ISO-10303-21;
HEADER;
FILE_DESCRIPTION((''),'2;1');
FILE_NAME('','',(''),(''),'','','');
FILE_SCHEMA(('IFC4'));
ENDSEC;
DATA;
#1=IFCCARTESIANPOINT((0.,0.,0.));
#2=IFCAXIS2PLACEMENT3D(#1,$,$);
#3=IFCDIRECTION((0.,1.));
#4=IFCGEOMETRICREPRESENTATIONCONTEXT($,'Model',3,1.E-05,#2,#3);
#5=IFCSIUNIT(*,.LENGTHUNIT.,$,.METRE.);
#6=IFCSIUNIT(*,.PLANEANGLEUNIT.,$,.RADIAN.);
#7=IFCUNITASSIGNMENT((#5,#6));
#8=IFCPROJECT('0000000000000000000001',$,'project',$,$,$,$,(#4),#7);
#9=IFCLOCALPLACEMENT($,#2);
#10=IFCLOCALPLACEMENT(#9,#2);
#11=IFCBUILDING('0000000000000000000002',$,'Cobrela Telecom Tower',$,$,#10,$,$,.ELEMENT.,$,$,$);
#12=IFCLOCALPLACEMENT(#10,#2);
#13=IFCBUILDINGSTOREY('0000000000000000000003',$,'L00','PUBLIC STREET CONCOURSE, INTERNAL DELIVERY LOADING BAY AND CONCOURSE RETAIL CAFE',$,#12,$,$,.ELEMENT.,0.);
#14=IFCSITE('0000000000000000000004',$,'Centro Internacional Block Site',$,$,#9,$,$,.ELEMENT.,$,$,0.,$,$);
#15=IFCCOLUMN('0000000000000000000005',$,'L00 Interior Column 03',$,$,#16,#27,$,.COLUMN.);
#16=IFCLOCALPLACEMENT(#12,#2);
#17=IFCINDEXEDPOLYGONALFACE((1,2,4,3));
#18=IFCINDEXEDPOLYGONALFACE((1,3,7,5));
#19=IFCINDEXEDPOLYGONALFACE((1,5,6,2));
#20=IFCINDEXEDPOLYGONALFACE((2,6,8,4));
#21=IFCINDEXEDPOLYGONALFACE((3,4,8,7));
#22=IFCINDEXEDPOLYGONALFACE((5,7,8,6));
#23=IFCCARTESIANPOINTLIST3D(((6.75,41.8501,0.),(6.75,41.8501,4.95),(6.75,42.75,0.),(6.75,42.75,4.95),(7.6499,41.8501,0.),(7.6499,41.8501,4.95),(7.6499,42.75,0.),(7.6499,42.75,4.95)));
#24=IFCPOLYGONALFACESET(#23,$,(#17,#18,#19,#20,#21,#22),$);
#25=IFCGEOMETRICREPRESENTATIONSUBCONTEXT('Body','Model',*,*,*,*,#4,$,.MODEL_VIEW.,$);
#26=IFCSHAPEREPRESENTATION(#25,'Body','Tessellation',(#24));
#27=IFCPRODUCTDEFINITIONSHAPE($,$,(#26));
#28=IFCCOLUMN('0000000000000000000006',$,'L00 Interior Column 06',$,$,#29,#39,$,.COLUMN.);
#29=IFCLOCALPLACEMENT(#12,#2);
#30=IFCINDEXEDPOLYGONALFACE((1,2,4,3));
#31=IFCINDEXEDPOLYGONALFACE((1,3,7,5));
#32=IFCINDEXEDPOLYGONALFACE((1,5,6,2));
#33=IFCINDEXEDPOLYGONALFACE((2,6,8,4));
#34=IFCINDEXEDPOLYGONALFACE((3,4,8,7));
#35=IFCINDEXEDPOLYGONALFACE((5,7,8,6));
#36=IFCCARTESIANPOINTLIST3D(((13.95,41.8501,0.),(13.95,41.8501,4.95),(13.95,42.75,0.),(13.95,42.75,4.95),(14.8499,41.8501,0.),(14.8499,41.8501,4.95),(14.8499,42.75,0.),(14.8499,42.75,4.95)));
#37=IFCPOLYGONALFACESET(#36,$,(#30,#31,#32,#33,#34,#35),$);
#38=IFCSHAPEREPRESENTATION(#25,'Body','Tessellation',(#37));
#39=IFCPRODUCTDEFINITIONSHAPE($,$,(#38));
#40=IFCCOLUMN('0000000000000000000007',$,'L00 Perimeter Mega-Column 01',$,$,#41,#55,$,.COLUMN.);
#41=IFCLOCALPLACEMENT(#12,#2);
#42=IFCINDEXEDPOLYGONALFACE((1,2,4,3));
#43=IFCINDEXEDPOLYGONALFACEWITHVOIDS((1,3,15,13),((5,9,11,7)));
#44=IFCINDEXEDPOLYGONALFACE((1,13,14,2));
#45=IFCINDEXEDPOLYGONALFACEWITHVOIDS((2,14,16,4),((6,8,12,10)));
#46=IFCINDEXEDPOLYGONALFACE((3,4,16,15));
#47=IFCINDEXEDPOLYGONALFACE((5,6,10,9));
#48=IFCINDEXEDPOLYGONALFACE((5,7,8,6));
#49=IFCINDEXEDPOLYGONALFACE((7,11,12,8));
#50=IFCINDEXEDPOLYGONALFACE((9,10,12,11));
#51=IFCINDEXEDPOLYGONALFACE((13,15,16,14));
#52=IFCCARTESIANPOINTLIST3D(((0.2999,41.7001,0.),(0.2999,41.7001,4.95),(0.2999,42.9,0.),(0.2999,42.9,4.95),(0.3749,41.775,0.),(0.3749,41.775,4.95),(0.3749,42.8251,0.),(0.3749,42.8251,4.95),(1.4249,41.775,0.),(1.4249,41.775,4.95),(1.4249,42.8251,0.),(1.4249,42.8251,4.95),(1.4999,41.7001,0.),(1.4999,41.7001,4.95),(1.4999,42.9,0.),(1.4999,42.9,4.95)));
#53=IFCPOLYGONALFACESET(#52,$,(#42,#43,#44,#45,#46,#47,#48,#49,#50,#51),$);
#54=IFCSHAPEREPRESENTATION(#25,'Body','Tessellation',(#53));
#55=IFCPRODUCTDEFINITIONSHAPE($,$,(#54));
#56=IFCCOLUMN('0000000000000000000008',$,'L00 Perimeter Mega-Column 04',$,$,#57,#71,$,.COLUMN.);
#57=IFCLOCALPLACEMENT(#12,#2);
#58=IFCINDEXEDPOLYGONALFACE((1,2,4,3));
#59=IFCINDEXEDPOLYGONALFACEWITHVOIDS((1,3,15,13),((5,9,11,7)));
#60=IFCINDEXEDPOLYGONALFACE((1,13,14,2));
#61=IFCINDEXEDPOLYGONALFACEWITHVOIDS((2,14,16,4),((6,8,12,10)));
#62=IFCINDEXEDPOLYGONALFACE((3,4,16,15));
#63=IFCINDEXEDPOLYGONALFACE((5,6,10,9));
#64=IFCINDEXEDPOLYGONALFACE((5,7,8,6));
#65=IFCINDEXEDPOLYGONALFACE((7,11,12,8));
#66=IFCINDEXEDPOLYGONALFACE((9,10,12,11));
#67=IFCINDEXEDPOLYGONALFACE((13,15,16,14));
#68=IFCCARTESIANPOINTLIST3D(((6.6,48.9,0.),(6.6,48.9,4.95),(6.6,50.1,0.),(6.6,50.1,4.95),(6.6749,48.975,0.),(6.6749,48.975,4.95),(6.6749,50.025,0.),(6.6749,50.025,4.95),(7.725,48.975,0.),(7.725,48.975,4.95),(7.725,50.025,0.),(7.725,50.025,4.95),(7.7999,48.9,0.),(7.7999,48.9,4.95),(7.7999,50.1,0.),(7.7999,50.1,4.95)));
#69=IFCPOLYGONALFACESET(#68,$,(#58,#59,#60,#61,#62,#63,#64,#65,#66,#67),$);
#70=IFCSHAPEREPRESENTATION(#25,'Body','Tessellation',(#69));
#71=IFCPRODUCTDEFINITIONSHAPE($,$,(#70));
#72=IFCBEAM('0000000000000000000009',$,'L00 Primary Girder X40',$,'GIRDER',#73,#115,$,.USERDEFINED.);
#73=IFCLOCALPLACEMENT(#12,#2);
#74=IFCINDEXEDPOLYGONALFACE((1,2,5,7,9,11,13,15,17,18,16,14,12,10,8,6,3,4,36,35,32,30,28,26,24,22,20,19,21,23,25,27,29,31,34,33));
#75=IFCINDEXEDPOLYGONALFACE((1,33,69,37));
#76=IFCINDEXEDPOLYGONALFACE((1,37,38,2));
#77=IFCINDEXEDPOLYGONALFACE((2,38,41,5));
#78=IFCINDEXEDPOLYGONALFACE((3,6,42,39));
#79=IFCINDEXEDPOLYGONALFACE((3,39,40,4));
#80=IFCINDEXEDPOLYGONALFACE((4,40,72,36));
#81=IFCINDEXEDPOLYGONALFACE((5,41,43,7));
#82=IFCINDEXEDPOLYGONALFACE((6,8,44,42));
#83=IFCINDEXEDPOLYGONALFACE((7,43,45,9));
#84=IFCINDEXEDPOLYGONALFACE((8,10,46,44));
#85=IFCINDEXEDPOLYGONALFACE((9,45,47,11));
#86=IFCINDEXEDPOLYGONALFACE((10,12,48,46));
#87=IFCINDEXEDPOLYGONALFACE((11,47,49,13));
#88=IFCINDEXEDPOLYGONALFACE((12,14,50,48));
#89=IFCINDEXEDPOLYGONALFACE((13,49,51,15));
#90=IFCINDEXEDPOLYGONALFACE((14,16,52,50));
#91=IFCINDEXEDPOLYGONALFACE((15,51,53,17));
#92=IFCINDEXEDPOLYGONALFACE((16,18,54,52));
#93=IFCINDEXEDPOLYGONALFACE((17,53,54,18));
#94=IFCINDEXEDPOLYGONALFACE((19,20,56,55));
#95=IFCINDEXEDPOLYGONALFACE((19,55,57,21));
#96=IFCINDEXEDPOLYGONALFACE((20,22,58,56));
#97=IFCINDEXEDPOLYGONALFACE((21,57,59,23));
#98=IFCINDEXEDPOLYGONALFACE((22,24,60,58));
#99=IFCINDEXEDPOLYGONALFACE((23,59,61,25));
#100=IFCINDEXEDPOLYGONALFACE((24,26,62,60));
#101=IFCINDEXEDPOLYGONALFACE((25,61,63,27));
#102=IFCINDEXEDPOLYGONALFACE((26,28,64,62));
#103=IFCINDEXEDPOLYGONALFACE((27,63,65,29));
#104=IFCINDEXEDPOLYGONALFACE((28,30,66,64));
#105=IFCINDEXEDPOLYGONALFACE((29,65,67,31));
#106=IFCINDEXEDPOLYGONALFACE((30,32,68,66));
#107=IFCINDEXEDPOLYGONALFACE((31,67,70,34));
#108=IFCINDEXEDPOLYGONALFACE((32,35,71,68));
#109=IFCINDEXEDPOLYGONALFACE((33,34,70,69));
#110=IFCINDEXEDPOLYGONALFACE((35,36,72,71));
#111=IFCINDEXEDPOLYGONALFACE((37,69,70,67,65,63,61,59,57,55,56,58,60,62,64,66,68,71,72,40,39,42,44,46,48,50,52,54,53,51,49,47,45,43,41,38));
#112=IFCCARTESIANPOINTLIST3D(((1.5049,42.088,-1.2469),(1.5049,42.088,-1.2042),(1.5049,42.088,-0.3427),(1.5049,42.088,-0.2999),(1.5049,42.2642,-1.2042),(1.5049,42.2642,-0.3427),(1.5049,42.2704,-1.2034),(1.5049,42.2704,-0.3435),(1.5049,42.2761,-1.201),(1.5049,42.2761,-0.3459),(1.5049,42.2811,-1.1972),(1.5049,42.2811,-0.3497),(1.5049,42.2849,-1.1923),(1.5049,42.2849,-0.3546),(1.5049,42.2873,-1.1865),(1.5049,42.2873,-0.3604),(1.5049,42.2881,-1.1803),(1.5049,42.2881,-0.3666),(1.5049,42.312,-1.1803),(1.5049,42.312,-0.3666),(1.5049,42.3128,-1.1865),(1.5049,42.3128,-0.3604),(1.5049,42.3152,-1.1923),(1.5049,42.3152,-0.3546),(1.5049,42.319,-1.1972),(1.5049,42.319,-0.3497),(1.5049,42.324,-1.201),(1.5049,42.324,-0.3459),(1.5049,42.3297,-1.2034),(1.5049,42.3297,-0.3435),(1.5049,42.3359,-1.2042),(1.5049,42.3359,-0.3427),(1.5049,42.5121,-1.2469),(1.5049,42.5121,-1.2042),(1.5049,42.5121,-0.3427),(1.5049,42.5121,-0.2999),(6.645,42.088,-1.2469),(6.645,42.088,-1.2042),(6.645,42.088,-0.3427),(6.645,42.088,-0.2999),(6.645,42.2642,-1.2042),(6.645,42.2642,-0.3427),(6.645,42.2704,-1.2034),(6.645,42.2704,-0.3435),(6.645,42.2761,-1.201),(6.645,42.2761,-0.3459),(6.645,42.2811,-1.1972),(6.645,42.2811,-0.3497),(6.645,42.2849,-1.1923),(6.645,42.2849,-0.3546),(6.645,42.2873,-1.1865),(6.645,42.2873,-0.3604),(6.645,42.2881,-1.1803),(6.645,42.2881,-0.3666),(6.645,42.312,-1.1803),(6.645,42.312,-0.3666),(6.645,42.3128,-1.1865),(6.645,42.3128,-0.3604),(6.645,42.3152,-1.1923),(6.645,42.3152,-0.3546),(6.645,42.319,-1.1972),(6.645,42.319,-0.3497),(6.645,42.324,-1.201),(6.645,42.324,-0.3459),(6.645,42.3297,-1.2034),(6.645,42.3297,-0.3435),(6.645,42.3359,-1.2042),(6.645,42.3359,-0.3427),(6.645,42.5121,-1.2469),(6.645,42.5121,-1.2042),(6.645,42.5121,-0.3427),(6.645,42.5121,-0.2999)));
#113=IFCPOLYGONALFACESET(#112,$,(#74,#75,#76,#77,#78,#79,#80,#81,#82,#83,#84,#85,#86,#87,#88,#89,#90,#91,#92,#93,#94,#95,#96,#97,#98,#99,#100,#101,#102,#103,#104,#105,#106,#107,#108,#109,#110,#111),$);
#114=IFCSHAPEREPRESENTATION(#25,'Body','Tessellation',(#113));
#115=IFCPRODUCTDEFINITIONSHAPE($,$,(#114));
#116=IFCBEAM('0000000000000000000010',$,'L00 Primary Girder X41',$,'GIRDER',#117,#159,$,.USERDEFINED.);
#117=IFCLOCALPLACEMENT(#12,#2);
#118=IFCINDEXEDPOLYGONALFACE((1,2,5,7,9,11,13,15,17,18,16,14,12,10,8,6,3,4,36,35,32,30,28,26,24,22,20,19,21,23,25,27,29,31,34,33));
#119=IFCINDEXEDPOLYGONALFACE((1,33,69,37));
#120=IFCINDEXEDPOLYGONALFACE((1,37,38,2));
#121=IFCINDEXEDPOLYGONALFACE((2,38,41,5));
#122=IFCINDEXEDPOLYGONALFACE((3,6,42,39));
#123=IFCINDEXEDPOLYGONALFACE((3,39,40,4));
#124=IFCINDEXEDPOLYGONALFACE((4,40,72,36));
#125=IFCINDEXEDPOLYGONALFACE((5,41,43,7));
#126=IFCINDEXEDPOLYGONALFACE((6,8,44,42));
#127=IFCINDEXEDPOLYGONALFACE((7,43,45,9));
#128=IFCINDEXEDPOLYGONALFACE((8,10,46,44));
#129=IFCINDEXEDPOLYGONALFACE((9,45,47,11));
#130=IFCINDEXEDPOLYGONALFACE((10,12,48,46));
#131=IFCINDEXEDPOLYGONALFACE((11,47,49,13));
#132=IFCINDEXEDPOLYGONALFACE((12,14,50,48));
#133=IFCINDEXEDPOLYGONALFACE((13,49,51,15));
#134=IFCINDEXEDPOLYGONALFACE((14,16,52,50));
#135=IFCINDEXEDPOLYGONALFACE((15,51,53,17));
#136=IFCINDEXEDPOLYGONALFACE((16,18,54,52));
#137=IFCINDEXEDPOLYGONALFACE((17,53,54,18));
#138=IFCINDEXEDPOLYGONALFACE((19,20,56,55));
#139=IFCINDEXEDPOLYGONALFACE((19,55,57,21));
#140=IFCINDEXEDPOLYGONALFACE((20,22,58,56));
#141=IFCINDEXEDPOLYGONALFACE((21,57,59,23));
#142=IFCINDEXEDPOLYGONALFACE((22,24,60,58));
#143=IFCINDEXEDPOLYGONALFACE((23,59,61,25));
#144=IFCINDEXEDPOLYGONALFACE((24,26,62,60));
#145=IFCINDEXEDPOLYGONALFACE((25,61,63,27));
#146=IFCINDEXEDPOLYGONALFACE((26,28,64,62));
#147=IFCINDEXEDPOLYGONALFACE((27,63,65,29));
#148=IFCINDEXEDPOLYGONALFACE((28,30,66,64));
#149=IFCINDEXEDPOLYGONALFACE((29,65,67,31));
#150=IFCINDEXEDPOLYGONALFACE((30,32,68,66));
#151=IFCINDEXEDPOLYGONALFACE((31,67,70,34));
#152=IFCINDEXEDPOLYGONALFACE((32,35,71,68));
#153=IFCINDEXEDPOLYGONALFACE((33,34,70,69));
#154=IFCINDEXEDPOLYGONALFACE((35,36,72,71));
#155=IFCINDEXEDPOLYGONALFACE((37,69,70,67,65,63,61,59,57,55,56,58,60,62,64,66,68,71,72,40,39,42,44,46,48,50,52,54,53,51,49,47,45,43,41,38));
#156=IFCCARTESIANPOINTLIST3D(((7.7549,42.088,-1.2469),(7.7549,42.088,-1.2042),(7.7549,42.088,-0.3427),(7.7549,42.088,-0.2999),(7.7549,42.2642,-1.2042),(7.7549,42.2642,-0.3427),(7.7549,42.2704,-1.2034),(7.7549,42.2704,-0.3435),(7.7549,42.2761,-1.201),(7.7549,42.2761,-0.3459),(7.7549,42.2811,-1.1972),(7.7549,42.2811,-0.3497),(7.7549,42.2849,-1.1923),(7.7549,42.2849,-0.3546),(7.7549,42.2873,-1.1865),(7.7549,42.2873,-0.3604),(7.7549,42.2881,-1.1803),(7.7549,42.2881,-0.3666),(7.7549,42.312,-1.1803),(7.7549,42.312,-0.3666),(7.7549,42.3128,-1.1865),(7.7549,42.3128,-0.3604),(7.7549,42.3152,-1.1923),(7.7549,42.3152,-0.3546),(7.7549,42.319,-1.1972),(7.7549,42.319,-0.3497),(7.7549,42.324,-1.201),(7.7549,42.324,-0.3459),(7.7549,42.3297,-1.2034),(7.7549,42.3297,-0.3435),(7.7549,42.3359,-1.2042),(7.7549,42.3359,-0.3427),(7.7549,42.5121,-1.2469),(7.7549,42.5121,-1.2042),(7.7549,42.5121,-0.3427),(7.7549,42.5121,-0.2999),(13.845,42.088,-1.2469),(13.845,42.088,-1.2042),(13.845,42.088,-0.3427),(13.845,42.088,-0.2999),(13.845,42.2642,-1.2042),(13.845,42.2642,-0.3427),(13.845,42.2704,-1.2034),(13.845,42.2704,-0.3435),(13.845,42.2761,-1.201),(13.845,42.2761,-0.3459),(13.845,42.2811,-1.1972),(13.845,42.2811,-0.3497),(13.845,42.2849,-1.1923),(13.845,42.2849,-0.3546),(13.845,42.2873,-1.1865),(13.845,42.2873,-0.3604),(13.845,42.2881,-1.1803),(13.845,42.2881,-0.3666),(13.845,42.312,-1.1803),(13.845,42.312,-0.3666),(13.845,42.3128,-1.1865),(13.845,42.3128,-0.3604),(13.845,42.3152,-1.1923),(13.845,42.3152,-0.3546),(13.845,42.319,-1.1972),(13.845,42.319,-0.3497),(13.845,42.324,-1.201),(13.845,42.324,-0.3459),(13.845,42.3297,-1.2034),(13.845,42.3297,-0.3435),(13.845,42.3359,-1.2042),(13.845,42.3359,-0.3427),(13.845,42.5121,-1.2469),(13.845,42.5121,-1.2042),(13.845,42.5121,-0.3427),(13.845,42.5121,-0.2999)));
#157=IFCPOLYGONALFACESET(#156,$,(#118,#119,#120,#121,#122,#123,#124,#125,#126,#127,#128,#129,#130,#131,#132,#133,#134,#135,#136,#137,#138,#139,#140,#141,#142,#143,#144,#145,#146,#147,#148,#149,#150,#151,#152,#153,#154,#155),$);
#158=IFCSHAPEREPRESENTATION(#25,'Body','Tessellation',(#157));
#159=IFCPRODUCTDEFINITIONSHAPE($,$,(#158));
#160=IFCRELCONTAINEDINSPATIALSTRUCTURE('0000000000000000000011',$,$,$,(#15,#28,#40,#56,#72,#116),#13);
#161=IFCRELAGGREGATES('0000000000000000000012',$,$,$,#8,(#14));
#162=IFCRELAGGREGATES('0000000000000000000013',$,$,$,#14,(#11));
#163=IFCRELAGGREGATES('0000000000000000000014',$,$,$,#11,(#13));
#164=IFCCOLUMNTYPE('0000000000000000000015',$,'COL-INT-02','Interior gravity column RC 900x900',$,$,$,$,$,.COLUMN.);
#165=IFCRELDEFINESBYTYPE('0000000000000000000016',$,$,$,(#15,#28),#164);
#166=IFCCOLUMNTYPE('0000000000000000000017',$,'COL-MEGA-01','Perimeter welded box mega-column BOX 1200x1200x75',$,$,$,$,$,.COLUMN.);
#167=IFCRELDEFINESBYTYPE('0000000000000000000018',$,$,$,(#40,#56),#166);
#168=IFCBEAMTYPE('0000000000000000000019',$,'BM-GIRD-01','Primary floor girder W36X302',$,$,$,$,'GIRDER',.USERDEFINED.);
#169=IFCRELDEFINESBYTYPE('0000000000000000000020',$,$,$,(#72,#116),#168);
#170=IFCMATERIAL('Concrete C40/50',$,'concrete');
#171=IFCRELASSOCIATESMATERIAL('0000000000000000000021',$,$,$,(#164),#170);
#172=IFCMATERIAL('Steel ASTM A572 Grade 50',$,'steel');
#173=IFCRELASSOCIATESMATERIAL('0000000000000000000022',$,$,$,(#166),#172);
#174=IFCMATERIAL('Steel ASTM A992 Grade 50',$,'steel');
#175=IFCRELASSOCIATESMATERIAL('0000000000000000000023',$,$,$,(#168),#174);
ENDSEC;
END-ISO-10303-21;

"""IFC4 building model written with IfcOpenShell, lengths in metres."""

from ifc_helpers import new_model, si_unit, direction, frame, origin, origin_2d, place, context, subcontext, project, spatial, rectangle, hollow_rectangle, i_section, extrude, material, material_profile, profile_set, type_object, element, save


model = new_model("IFC4")

# Units and contexts
model_context = context("Model", 3, precision=1e-05, world=origin(), true_north=direction((0.0, 1.0)))
body_context = subcontext(model_context, "Body", "Model", "MODEL_VIEW")
ifc_project = project(units=[si_unit("LENGTHUNIT", "METRE"), si_unit("PLANEANGLEUNIT", "RADIAN")], contexts=[model_context])

# Site, building, storey
site_placement = place(None, origin())
site = spatial("IfcSite", under=ifc_project, at=site_placement, Name="Centro Internacional Block Site", CompositionType="ELEMENT", RefElevation=0.0)
building_placement = place(site_placement, origin())
building = spatial("IfcBuilding", under=site, at=building_placement, Name="Cobrela Telecom Tower", CompositionType="ELEMENT")
storey_placement = place(building_placement, origin())
storey = spatial("IfcBuildingStorey", under=building, at=storey_placement, Name="L00", Description="PUBLIC STREET CONCOURSE, INTERNAL DELIVERY LOADING BAY AND CONCOURSE RETAIL CAFE", CompositionType="ELEMENT", Elevation=0.0)

# Columns
ifc_material_1 = material(Name="Concrete C40/50", Category="concrete")
ifc_material_profile_1 = material_profile(ifc_material_1, rectangle(XDim=0.8999, YDim=0.8999, at=origin_2d()), Name="RC 900x900")
ifc_profile_set_1 = profile_set([ifc_material_profile_1], Name="Concrete C40/50")
column_type_1 = type_object("IfcColumnType", Name="COL-INT-02", Description="Interior gravity column RC 900x900", PredefinedType="COLUMN", material=ifc_profile_set_1)
for number, where, z_axis, x_axis, name in (
    (1, (7.2, 42.3, 0.0), (0.0, 0.0, 1.0), (1.0, 0.0, 0.0), "L00 Interior Column 03"),
    (2, (14.3999, 42.3, 0.0), (0.0, 0.0, 1.0), (1.0, 0.0, 0.0), "L00 Interior Column 06"),
):
    element("IfcColumn", number, at=place(storey_placement, frame(where, z_axis=z_axis, x_axis=x_axis)), inside=storey, type_object=column_type_1, Name=name, PredefinedType="COLUMN", context=body_context, shape_type="SweptSolid", body=[
        extrude(rectangle(XDim=0.8999, YDim=0.8999, at=origin_2d()), origin(), (0.0, 0.0, 1.0), 4.95),
    ])
ifc_material_2 = material(Name="Steel ASTM A572 Grade 50", Category="steel")
ifc_material_profile_2 = material_profile(ifc_material_2, hollow_rectangle(XDim=1.2, YDim=1.2, WallThickness=0.075, at=origin_2d()), Name="BOX 1200x1200x75")
ifc_profile_set_2 = profile_set([ifc_material_profile_2], Name="Steel ASTM A572 Grade 50")
column_type_2 = type_object("IfcColumnType", Name="COL-MEGA-01", Description="Perimeter welded box mega-column BOX 1200x1200x75", PredefinedType="COLUMN", material=ifc_profile_set_2)
for number, where, z_axis, x_axis, name in (
    (3, (0.8999, 42.3, 0.0), (0.0, 0.0, 1.0), (1.0, 0.0, 0.0), "L00 Perimeter Mega-Column 01"),
    (4, (7.2, 49.5, 0.0), (0.0, 0.0, 1.0), (1.0, 0.0, 0.0), "L00 Perimeter Mega-Column 04"),
):
    element("IfcColumn", number, at=place(storey_placement, frame(where, z_axis=z_axis, x_axis=x_axis)), inside=storey, type_object=column_type_2, Name=name, PredefinedType="COLUMN", context=body_context, shape_type="SweptSolid", body=[
        extrude(hollow_rectangle(XDim=1.2, YDim=1.2, WallThickness=0.075, at=origin_2d()), origin(), (0.0, 0.0, 1.0), 4.95),
    ])

# Beams
ifc_material_3 = material(Name="Steel ASTM A992 Grade 50", Category="steel")
ifc_material_profile_3 = material_profile(ifc_material_3, i_section(OverallWidth=0.4241, OverallDepth=0.947, WebThickness=0.0239, FlangeThickness=0.0427, FilletRadius=0.0239, at=origin_2d()), Name="W36X302")
ifc_profile_set_3 = profile_set([ifc_material_profile_3], Name="Steel ASTM A992 Grade 50")
beam_type_1 = type_object("IfcBeamType", Name="BM-GIRD-01", Description="Primary floor girder W36X302", ElementType="GIRDER", PredefinedType="USERDEFINED", material=ifc_profile_set_3)
beam_1_placement = place(storey_placement, frame((1.5049, 42.3, -0.7734), z_axis=(1.0, 0.0, 0.0), x_axis=(0.0, 1.0, 0.0)))
element("IfcBeam", 5, at=beam_1_placement, inside=storey, type_object=beam_type_1, Name="L00 Primary Girder X40", ObjectType="GIRDER", PredefinedType="USERDEFINED", context=body_context, shape_type="SweptSolid", body=[
    extrude(i_section(OverallWidth=0.4241, OverallDepth=0.947, WebThickness=0.0239, FlangeThickness=0.0427, FilletRadius=0.0239, at=origin_2d()), origin(), (0.0, 0.0, 1.0), 5.1401),
])
beam_2_placement = place(storey_placement, frame((7.7549, 42.3, -0.7734), z_axis=(1.0, 0.0, 0.0), x_axis=(0.0, 1.0, 0.0)))
element("IfcBeam", 6, at=beam_2_placement, inside=storey, type_object=beam_type_1, Name="L00 Primary Girder X41", ObjectType="GIRDER", PredefinedType="USERDEFINED", context=body_context, shape_type="SweptSolid", body=[
    extrude(i_section(OverallWidth=0.4241, OverallDepth=0.947, WebThickness=0.0239, FlangeThickness=0.0427, FilletRadius=0.0239, at=origin_2d()), origin(), (0.0, 0.0, 1.0), 6.0901),
])

save(model, "model.ifc")
